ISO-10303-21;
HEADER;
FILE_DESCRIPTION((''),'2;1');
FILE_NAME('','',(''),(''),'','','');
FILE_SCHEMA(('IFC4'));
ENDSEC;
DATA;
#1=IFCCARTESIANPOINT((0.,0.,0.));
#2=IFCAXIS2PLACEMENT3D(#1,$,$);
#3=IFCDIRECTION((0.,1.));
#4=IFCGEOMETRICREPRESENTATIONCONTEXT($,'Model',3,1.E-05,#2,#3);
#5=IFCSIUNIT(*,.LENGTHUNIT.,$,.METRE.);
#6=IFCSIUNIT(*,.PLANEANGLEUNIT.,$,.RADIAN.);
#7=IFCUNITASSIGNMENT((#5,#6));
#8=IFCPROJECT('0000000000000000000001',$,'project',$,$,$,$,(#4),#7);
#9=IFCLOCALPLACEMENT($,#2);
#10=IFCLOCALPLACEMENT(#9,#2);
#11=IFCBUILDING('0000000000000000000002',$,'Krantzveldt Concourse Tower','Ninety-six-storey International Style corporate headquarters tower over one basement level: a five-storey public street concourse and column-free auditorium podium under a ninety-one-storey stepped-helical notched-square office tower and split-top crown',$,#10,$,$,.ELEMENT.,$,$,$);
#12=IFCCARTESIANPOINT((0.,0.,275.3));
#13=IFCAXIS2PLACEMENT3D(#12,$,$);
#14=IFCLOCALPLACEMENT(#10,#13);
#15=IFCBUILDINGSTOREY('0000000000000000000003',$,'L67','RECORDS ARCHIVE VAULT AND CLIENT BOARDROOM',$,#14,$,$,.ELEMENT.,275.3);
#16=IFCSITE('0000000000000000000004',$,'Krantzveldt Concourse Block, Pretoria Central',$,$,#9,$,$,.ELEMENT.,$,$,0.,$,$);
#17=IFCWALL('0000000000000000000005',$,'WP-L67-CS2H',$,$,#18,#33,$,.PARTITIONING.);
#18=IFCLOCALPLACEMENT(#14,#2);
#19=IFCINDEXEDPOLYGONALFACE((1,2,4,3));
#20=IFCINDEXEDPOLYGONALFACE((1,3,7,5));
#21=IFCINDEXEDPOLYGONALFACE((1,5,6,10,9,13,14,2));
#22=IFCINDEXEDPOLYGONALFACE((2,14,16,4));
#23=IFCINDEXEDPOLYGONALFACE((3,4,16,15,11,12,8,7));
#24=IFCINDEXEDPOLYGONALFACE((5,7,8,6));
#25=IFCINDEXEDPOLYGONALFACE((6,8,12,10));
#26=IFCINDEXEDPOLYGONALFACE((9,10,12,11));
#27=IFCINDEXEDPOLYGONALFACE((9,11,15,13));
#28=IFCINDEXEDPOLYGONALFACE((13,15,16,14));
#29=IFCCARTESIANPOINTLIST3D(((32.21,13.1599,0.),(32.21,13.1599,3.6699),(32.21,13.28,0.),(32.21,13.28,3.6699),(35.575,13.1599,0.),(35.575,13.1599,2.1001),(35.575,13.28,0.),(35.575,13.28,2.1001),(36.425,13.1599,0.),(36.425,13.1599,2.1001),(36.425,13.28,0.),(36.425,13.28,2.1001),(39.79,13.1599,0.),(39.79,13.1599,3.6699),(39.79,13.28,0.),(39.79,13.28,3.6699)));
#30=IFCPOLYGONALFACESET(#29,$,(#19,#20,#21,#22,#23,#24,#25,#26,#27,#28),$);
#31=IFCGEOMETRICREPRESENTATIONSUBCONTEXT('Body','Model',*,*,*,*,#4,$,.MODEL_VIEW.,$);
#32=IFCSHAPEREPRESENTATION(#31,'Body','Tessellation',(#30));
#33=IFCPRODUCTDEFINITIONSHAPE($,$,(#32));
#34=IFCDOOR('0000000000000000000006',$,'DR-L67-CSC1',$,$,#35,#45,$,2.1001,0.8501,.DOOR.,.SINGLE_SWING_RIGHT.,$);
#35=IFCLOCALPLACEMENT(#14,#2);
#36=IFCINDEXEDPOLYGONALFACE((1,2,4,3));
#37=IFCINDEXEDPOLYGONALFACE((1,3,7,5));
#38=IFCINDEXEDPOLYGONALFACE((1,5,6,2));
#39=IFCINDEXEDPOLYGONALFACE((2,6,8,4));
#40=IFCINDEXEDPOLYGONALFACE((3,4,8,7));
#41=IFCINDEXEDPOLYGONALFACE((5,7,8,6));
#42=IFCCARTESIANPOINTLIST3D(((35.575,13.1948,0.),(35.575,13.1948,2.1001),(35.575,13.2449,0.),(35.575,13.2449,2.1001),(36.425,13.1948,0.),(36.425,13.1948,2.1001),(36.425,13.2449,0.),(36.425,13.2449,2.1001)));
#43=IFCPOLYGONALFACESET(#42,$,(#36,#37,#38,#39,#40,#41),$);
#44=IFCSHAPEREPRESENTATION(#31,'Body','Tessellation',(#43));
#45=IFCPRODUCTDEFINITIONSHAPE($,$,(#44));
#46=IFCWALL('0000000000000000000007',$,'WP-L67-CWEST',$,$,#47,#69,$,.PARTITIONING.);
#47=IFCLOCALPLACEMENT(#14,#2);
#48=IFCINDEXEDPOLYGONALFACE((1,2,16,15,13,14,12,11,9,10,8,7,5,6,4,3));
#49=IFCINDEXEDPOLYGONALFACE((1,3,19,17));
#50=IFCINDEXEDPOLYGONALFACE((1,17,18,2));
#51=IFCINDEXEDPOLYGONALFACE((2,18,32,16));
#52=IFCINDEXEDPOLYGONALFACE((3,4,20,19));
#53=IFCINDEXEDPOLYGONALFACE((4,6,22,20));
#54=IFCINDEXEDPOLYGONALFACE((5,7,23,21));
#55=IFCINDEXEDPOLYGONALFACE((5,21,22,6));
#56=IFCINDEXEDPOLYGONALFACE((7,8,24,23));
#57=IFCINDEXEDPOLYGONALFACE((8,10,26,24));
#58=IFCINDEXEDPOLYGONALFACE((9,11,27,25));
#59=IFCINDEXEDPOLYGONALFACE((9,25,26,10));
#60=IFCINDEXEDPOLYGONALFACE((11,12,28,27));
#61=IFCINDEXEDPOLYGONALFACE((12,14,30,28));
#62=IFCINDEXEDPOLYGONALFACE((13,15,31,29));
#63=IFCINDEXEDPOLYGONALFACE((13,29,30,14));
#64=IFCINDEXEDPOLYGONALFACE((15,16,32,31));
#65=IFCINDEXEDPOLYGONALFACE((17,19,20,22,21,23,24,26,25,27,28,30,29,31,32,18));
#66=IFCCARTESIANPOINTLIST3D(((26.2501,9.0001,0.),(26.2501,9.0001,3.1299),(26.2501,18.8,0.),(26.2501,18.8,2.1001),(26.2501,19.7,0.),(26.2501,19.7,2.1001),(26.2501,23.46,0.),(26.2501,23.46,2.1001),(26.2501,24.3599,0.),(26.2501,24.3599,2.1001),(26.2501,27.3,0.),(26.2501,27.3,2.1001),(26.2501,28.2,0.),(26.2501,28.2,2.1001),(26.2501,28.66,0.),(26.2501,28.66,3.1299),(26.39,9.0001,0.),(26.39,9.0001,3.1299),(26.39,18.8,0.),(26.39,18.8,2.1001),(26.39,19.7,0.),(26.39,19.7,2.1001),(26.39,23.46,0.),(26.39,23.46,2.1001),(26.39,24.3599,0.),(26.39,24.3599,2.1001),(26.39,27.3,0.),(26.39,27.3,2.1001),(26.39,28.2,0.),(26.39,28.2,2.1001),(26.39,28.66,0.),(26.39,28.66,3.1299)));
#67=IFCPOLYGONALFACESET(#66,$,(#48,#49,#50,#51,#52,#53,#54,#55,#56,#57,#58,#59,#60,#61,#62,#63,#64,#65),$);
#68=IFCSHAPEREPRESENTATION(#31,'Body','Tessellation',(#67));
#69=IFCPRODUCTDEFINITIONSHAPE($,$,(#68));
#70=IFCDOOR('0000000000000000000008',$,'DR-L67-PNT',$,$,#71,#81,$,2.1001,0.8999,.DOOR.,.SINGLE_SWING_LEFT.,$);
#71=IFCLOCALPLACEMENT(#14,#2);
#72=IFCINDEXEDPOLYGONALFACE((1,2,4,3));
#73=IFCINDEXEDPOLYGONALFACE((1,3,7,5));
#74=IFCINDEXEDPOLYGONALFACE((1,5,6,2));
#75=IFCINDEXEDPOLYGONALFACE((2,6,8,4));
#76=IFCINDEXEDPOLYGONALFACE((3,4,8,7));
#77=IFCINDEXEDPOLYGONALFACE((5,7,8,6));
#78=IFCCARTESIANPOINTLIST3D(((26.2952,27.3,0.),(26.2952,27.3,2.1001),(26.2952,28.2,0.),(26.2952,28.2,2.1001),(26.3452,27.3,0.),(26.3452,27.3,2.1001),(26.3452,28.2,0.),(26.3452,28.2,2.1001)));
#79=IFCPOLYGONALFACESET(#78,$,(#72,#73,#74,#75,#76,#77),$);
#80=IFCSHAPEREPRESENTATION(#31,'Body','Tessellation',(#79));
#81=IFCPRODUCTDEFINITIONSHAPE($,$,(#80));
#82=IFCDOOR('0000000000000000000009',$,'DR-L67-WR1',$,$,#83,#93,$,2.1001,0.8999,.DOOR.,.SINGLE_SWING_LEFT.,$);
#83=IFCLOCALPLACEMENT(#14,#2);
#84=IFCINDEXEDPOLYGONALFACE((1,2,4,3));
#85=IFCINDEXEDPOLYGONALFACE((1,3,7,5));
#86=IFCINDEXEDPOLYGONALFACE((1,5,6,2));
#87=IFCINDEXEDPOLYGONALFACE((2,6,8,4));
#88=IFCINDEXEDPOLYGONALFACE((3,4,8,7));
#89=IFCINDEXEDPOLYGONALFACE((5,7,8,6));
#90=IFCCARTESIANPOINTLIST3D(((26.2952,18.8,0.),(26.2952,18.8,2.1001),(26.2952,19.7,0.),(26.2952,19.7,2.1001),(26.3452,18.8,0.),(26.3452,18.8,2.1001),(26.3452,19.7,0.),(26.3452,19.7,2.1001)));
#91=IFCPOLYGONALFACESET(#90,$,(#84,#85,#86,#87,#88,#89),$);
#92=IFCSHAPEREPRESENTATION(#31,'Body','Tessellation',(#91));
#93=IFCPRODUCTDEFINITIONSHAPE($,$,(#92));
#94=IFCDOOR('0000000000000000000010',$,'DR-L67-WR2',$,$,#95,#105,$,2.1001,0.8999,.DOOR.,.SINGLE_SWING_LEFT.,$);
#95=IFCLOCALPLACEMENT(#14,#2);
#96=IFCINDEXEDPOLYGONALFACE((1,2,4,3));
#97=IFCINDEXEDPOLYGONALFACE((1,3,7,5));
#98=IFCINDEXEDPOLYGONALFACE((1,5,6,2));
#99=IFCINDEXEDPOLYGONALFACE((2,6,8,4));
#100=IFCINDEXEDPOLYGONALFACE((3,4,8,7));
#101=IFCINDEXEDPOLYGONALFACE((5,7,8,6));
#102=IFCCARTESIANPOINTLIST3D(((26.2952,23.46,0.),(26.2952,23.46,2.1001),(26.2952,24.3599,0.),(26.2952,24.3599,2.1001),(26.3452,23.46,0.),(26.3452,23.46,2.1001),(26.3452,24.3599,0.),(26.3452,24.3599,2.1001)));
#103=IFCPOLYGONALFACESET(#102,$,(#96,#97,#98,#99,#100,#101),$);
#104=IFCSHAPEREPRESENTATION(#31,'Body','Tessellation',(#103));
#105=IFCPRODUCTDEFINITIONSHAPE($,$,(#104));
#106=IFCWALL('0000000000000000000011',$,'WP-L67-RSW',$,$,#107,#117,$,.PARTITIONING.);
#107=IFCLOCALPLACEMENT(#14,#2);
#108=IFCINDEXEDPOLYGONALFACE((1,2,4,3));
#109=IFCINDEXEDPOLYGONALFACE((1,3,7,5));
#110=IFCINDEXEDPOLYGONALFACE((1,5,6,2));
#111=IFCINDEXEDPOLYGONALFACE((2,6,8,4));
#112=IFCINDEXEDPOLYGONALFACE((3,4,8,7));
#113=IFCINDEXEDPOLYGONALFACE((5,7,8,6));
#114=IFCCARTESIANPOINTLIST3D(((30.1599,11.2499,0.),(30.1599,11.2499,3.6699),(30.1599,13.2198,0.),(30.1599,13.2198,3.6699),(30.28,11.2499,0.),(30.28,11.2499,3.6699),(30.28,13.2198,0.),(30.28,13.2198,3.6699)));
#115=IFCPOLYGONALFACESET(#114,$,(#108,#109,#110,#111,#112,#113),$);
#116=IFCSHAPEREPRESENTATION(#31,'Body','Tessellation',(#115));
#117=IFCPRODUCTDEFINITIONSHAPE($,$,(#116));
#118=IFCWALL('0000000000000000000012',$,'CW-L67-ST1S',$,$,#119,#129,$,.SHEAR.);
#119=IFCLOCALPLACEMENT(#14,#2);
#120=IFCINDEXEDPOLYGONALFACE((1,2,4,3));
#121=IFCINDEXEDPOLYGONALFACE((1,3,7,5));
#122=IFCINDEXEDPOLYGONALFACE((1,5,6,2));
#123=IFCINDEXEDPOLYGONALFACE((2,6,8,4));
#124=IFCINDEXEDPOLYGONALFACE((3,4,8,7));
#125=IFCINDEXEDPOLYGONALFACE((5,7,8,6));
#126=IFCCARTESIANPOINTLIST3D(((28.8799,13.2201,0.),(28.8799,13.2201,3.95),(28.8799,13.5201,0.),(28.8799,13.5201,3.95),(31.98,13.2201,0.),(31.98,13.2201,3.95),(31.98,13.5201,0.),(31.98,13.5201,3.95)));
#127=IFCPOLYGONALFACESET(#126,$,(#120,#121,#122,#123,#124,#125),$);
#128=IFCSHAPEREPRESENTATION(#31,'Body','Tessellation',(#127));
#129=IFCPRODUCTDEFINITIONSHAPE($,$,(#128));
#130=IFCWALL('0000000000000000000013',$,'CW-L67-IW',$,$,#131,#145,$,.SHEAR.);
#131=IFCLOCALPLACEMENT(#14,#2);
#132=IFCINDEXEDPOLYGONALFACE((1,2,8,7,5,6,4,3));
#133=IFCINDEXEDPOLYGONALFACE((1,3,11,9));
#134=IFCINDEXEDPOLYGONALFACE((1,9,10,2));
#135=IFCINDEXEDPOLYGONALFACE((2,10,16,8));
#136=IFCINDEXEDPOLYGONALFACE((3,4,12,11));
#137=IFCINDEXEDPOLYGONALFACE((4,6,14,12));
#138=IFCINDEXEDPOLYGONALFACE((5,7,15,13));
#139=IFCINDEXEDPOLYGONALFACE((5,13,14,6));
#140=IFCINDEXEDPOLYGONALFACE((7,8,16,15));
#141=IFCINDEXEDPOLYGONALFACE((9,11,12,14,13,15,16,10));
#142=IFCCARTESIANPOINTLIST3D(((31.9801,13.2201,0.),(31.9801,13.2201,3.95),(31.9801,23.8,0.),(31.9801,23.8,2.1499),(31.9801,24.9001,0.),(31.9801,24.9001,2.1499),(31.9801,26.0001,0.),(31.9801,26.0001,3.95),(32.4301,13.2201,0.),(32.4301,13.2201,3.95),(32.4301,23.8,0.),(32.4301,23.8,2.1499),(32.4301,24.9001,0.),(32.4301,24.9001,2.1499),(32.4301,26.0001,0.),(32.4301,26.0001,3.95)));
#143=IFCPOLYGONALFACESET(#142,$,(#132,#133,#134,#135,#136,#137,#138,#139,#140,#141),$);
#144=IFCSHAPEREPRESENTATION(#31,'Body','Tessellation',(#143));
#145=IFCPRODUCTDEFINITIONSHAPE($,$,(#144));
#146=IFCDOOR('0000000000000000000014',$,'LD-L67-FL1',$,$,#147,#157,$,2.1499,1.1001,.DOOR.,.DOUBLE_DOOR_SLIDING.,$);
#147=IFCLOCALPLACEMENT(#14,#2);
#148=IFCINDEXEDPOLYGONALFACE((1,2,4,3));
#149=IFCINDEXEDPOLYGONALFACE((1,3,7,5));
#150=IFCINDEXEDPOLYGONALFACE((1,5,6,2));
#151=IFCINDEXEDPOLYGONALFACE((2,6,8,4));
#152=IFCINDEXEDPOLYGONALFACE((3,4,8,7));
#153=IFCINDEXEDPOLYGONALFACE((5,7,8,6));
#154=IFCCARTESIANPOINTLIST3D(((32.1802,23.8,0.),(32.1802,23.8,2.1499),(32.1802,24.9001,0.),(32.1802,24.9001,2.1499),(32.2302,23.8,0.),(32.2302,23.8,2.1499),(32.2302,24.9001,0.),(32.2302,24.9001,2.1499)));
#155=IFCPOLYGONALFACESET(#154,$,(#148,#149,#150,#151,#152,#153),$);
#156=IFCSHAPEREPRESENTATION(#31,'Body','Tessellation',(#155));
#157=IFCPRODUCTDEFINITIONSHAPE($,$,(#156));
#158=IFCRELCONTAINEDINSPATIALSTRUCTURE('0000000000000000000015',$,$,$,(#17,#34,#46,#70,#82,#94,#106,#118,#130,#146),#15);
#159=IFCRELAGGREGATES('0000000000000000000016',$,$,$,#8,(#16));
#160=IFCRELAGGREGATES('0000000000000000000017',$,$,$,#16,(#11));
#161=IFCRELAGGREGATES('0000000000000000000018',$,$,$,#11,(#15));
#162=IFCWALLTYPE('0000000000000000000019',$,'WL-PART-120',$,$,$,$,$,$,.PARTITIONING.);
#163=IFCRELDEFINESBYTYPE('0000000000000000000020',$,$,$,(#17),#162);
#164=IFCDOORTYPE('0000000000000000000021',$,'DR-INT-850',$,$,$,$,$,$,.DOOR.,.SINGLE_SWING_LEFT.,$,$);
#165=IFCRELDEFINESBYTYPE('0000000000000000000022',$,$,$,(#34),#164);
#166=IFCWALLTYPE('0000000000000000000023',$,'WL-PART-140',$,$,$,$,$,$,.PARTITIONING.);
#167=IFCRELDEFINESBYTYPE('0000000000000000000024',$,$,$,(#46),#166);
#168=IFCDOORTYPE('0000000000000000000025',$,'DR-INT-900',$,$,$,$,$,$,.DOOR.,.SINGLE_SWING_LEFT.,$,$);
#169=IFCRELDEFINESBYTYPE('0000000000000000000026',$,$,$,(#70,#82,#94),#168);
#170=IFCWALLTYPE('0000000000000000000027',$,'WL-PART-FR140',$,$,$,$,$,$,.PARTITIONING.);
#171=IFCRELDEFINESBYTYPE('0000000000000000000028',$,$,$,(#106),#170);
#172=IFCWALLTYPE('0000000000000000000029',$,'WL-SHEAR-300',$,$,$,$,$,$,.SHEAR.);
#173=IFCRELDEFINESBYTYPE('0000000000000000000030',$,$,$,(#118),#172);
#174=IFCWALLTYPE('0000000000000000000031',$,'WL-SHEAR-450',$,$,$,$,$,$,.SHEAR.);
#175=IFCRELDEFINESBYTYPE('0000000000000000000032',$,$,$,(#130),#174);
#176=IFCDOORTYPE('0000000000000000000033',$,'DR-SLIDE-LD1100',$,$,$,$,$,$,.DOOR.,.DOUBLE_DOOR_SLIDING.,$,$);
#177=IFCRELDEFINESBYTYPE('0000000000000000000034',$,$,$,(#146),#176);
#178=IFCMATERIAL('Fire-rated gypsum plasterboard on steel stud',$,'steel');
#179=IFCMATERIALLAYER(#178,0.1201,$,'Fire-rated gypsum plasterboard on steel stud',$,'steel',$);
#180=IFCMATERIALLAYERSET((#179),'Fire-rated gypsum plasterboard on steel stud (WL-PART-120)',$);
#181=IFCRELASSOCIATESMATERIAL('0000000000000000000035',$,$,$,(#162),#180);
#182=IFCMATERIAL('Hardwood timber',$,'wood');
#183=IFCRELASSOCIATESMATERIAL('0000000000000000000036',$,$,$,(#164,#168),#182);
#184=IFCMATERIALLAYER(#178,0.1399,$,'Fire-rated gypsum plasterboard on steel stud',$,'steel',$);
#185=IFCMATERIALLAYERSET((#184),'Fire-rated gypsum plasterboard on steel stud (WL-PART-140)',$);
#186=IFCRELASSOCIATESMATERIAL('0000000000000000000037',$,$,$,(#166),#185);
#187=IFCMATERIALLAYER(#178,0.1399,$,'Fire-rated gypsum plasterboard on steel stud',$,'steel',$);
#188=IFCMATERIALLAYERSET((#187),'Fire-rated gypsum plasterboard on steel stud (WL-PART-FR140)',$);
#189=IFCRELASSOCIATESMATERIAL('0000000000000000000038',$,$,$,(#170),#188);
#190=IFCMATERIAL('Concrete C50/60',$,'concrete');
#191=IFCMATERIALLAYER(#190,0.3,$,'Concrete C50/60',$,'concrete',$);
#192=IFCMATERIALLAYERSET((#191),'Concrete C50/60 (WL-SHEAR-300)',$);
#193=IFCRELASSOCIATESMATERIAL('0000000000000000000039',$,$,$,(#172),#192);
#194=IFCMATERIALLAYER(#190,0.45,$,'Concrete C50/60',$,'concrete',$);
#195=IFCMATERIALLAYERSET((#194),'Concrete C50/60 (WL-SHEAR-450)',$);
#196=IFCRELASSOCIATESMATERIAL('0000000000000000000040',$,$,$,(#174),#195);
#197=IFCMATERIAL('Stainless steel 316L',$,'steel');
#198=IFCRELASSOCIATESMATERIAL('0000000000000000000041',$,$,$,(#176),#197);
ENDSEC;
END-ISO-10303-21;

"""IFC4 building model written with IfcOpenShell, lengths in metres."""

from ifc_helpers import new_model, si_unit, direction, frame, frame_2d, origin, place, context, subcontext, project, spatial, rectangle, extrude, material, layer, layer_set, type_object, element, fill, save


model = new_model("IFC4")

# Units and contexts
model_context = context("Model", 3, precision=1e-05, world=origin(), true_north=direction((0.0, 1.0)))
body_context = subcontext(model_context, "Body", "Model", "MODEL_VIEW")
ifc_project = project(units=[si_unit("LENGTHUNIT", "METRE"), si_unit("PLANEANGLEUNIT", "RADIAN")], contexts=[model_context])

# Site, building, storey
site_placement = place(None, origin())
site = spatial("IfcSite", under=ifc_project, at=site_placement, Name="Krantzveldt Concourse Block, Pretoria Central", CompositionType="ELEMENT", RefElevation=0.0)
building_placement = place(site_placement, origin())
building = spatial("IfcBuilding", under=site, at=building_placement, Name="Krantzveldt Concourse Tower", Description="Ninety-six-storey International Style corporate headquarters tower over one basement level: a five-storey public street concourse and column-free auditorium podium under a ninety-one-storey stepped-helical notched-square office tower and split-top crown", CompositionType="ELEMENT")
storey_placement = place(building_placement, frame((0.0, 0.0, 275.3)))
storey = spatial("IfcBuildingStorey", under=building, at=storey_placement, Name="L67", Description="RECORDS ARCHIVE VAULT AND CLIENT BOARDROOM", CompositionType="ELEMENT", Elevation=275.3)

# Wall, opening, door
ifc_material_1 = material(Name="Fire-rated gypsum plasterboard on steel stud", Category="steel")
ifc_layer_1 = layer(ifc_material_1, 0.1201, Name="Fire-rated gypsum plasterboard on steel stud", Category="steel")
ifc_layer_set_1 = layer_set([ifc_layer_1], Name="Fire-rated gypsum plasterboard on steel stud (WL-PART-120)")
wall_type_1 = type_object("IfcWallType", Name="WL-PART-120", PredefinedType="PARTITIONING", material=ifc_layer_set_1)
wall_1_placement = place(storey_placement, frame((32.21, 13.22, 0.0), z_axis=(0.0, 0.0, 1.0), x_axis=(1.0, 0.0, 0.0)))
wall_1 = element("IfcWall", 1, at=wall_1_placement, inside=storey, type_object=wall_type_1, Name="WP-L67-CS2H", PredefinedType="PARTITIONING", context=body_context, shape_type="SweptSolid", body=[
    extrude(rectangle(XDim=7.5801, YDim=0.1201, at=frame_2d((3.79, 0.0))), origin(), (0.0, 0.0, 1.0), 3.6699),
])
opening_1_placement = place(wall_1_placement, frame((3.365, 0.0, 0.0)))
opening_1 = element("IfcOpeningElement", 2, at=opening_1_placement, cuts=wall_1, PredefinedType="OPENING", context=body_context, shape_type="SweptSolid", body=[
    extrude(rectangle(XDim=0.8501, YDim=2.1001, at=frame_2d((0.425, 1.05))), frame((0.0, 0.0701, 0.0), z_axis=(0.0, -1.0, 0.0), x_axis=(1.0, 0.0, 0.0)), (0.0, 0.0, 1.0), 0.1401),
])
ifc_material_2 = material(Name="Hardwood timber", Category="wood")
door_type_1 = type_object("IfcDoorType", Name="DR-INT-850", OperationType="SINGLE_SWING_LEFT", PredefinedType="DOOR", material=ifc_material_2)
door_1_placement = place(opening_1_placement, origin())
door_1 = element("IfcDoor", 3, at=door_1_placement, inside=storey, type_object=door_type_1, Name="DR-L67-CSC1", OperationType="SINGLE_SWING_RIGHT", OverallHeight=2.1001, OverallWidth=0.8501, PredefinedType="DOOR", context=body_context, shape_type="SweptSolid", body=[
    extrude(rectangle(XDim=0.8501, YDim=2.1001, at=frame_2d((0.425, 1.05))), frame((0.0, 0.0249, 0.0), z_axis=(0.0, -1.0, 0.0), x_axis=(1.0, 0.0, 0.0)), (0.0, 0.0, 1.0), 0.05),
])
fill(opening_1, door_1)

# Wall, openings, doors
ifc_layer_2 = layer(ifc_material_1, 0.1399, Name="Fire-rated gypsum plasterboard on steel stud", Category="steel")
ifc_layer_set_2 = layer_set([ifc_layer_2], Name="Fire-rated gypsum plasterboard on steel stud (WL-PART-140)")
wall_type_2 = type_object("IfcWallType", Name="WL-PART-140", PredefinedType="PARTITIONING", material=ifc_layer_set_2)
wall_2_placement = place(storey_placement, frame((26.3201, 9.0, 0.0), z_axis=(0.0, 0.0, 1.0), x_axis=(0.0, 1.0, 0.0)))
wall_2 = element("IfcWall", 4, at=wall_2_placement, inside=storey, type_object=wall_type_2, Name="WP-L67-CWEST", PredefinedType="PARTITIONING", context=body_context, shape_type="SweptSolid", body=[
    extrude(rectangle(XDim=19.6599, YDim=0.1399, at=frame_2d((9.8301, 0.0))), origin(), (0.0, 0.0, 1.0), 3.1299),
])
opening_2_placement = place(wall_2_placement, frame((18.3, 0.0, 0.0)))
opening_2 = element("IfcOpeningElement", 5, at=opening_2_placement, cuts=wall_2, PredefinedType="OPENING", context=body_context, shape_type="SweptSolid", body=[
    extrude(rectangle(XDim=0.8999, YDim=2.1001, at=frame_2d((0.45, 1.05))), frame((0.0, 0.0801, 0.0), z_axis=(0.0, -1.0, 0.0), x_axis=(1.0, 0.0, 0.0)), (0.0, 0.0, 1.0), 0.1599),
])
opening_3_placement = place(wall_2_placement, frame((9.8, 0.0, 0.0)))
opening_3 = element("IfcOpeningElement", 6, at=opening_3_placement, cuts=wall_2, PredefinedType="OPENING", context=body_context, shape_type="SweptSolid", body=[
    extrude(rectangle(XDim=0.8999, YDim=2.1001, at=frame_2d((0.45, 1.05))), frame((0.0, 0.0801, 0.0), z_axis=(0.0, -1.0, 0.0), x_axis=(1.0, 0.0, 0.0)), (0.0, 0.0, 1.0), 0.1599),
])
opening_4_placement = place(wall_2_placement, frame((14.46, 0.0, 0.0)))
opening_4 = element("IfcOpeningElement", 7, at=opening_4_placement, cuts=wall_2, PredefinedType="OPENING", context=body_context, shape_type="SweptSolid", body=[
    extrude(rectangle(XDim=0.8999, YDim=2.1001, at=frame_2d((0.45, 1.05))), frame((0.0, 0.0801, 0.0), z_axis=(0.0, -1.0, 0.0), x_axis=(1.0, 0.0, 0.0)), (0.0, 0.0, 1.0), 0.1599),
])
door_type_2 = type_object("IfcDoorType", Name="DR-INT-900", OperationType="SINGLE_SWING_LEFT", PredefinedType="DOOR", material=ifc_material_2)
door_2_placement = place(opening_2_placement, origin())
door_2 = element("IfcDoor", 8, at=door_2_placement, inside=storey, type_object=door_type_2, Name="DR-L67-PNT", OperationType="SINGLE_SWING_LEFT", OverallHeight=2.1001, OverallWidth=0.8999, PredefinedType="DOOR", context=body_context, shape_type="SweptSolid", body=[
    extrude(rectangle(XDim=0.8999, YDim=2.1001, at=frame_2d((0.45, 1.05))), frame((0.0, 0.0249, 0.0), z_axis=(0.0, -1.0, 0.0), x_axis=(1.0, 0.0, 0.0)), (0.0, 0.0, 1.0), 0.05),
])
fill(opening_2, door_2)
door_3_placement = place(opening_3_placement, origin())
door_3 = element("IfcDoor", 9, at=door_3_placement, inside=storey, type_object=door_type_2, Name="DR-L67-WR1", OperationType="SINGLE_SWING_LEFT", OverallHeight=2.1001, OverallWidth=0.8999, PredefinedType="DOOR", context=body_context, shape_type="SweptSolid", body=[
    extrude(rectangle(XDim=0.8999, YDim=2.1001, at=frame_2d((0.45, 1.05))), frame((0.0, 0.0249, 0.0), z_axis=(0.0, -1.0, 0.0), x_axis=(1.0, 0.0, 0.0)), (0.0, 0.0, 1.0), 0.05),
])
fill(opening_3, door_3)
door_4_placement = place(opening_4_placement, origin())
door_4 = element("IfcDoor", 10, at=door_4_placement, inside=storey, type_object=door_type_2, Name="DR-L67-WR2", OperationType="SINGLE_SWING_LEFT", OverallHeight=2.1001, OverallWidth=0.8999, PredefinedType="DOOR", context=body_context, shape_type="SweptSolid", body=[
    extrude(rectangle(XDim=0.8999, YDim=2.1001, at=frame_2d((0.45, 1.05))), frame((0.0, 0.0249, 0.0), z_axis=(0.0, -1.0, 0.0), x_axis=(1.0, 0.0, 0.0)), (0.0, 0.0, 1.0), 0.05),
])
fill(opening_4, door_4)

# Walls
ifc_layer_3 = layer(ifc_material_1, 0.1399, Name="Fire-rated gypsum plasterboard on steel stud", Category="steel")
ifc_layer_set_3 = layer_set([ifc_layer_3], Name="Fire-rated gypsum plasterboard on steel stud (WL-PART-FR140)")
wall_type_3 = type_object("IfcWallType", Name="WL-PART-FR140", PredefinedType="PARTITIONING", material=ifc_layer_set_3)
wall_3_placement = place(storey_placement, frame((30.22, 11.25, 0.0), z_axis=(0.0, 0.0, 1.0), x_axis=(0.0, 1.0, 0.0)))
element("IfcWall", 11, at=wall_3_placement, inside=storey, type_object=wall_type_3, Name="WP-L67-RSW", PredefinedType="PARTITIONING", context=body_context, shape_type="SweptSolid", body=[
    extrude(rectangle(XDim=1.97, YDim=0.1201, at=frame_2d((0.9849, 0.0))), origin(), (0.0, 0.0, 1.0), 3.6699),
])
ifc_material_3 = material(Name="Concrete C50/60", Category="concrete")
ifc_layer_4 = layer(ifc_material_3, 0.3, Name="Concrete C50/60", Category="concrete")
ifc_layer_set_4 = layer_set([ifc_layer_4], Name="Concrete C50/60 (WL-SHEAR-300)")
wall_type_4 = type_object("IfcWallType", Name="WL-SHEAR-300", PredefinedType="SHEAR", material=ifc_layer_set_4)
wall_4_placement = place(storey_placement, frame((28.8799, 13.3701, 0.0), z_axis=(0.0, 0.0, 1.0), x_axis=(1.0, 0.0, 0.0)))
element("IfcWall", 12, at=wall_4_placement, inside=storey, type_object=wall_type_4, Name="CW-L67-ST1S", PredefinedType="SHEAR", context=body_context, shape_type="SweptSolid", body=[
    extrude(rectangle(XDim=3.1001, YDim=0.3, at=frame_2d((1.55, 0.0))), origin(), (0.0, 0.0, 1.0), 3.95),
])

# Wall, opening, door
ifc_layer_5 = layer(ifc_material_3, 0.45, Name="Concrete C50/60", Category="concrete")
ifc_layer_set_5 = layer_set([ifc_layer_5], Name="Concrete C50/60 (WL-SHEAR-450)")
wall_type_5 = type_object("IfcWallType", Name="WL-SHEAR-450", PredefinedType="SHEAR", material=ifc_layer_set_5)
wall_5_placement = place(storey_placement, frame((32.2051, 13.22, 0.0), z_axis=(0.0, 0.0, 1.0), x_axis=(0.0, 1.0, 0.0)))
wall_5 = element("IfcWall", 13, at=wall_5_placement, inside=storey, type_object=wall_type_5, Name="CW-L67-IW", PredefinedType="SHEAR", context=body_context, shape_type="SweptSolid", body=[
    extrude(rectangle(XDim=12.78, YDim=0.45, at=frame_2d((6.3901, 0.0))), origin(), (0.0, 0.0, 1.0), 3.95),
])
opening_5_placement = place(wall_5_placement, frame((10.5801, 0.0, 0.0)))
opening_5 = element("IfcOpeningElement", 14, at=opening_5_placement, cuts=wall_5, PredefinedType="OPENING", context=body_context, shape_type="SweptSolid", body=[
    extrude(rectangle(XDim=1.1001, YDim=2.1499, at=frame_2d((0.55, 1.075))), frame((0.0, 0.2349, 0.0), z_axis=(0.0, -1.0, 0.0), x_axis=(1.0, 0.0, 0.0)), (0.0, 0.0, 1.0), 0.47),
])
ifc_material_4 = material(Name="Stainless steel 316L", Category="steel")
door_type_3 = type_object("IfcDoorType", Name="DR-SLIDE-LD1100", OperationType="DOUBLE_DOOR_SLIDING", PredefinedType="DOOR", material=ifc_material_4)
door_5_placement = place(opening_5_placement, origin())
door_5 = element("IfcDoor", 15, at=door_5_placement, inside=storey, type_object=door_type_3, Name="LD-L67-FL1", OperationType="DOUBLE_DOOR_SLIDING", OverallHeight=2.1499, OverallWidth=1.1001, PredefinedType="DOOR", context=body_context, shape_type="SweptSolid", body=[
    extrude(rectangle(XDim=1.1001, YDim=2.1499, at=frame_2d((0.55, 1.075))), frame((0.0, 0.0249, 0.0), z_axis=(0.0, -1.0, 0.0), x_axis=(1.0, 0.0, 0.0)), (0.0, 0.0, 1.0), 0.05),
])
fill(opening_5, door_5)

save(model, "model.ifc")
